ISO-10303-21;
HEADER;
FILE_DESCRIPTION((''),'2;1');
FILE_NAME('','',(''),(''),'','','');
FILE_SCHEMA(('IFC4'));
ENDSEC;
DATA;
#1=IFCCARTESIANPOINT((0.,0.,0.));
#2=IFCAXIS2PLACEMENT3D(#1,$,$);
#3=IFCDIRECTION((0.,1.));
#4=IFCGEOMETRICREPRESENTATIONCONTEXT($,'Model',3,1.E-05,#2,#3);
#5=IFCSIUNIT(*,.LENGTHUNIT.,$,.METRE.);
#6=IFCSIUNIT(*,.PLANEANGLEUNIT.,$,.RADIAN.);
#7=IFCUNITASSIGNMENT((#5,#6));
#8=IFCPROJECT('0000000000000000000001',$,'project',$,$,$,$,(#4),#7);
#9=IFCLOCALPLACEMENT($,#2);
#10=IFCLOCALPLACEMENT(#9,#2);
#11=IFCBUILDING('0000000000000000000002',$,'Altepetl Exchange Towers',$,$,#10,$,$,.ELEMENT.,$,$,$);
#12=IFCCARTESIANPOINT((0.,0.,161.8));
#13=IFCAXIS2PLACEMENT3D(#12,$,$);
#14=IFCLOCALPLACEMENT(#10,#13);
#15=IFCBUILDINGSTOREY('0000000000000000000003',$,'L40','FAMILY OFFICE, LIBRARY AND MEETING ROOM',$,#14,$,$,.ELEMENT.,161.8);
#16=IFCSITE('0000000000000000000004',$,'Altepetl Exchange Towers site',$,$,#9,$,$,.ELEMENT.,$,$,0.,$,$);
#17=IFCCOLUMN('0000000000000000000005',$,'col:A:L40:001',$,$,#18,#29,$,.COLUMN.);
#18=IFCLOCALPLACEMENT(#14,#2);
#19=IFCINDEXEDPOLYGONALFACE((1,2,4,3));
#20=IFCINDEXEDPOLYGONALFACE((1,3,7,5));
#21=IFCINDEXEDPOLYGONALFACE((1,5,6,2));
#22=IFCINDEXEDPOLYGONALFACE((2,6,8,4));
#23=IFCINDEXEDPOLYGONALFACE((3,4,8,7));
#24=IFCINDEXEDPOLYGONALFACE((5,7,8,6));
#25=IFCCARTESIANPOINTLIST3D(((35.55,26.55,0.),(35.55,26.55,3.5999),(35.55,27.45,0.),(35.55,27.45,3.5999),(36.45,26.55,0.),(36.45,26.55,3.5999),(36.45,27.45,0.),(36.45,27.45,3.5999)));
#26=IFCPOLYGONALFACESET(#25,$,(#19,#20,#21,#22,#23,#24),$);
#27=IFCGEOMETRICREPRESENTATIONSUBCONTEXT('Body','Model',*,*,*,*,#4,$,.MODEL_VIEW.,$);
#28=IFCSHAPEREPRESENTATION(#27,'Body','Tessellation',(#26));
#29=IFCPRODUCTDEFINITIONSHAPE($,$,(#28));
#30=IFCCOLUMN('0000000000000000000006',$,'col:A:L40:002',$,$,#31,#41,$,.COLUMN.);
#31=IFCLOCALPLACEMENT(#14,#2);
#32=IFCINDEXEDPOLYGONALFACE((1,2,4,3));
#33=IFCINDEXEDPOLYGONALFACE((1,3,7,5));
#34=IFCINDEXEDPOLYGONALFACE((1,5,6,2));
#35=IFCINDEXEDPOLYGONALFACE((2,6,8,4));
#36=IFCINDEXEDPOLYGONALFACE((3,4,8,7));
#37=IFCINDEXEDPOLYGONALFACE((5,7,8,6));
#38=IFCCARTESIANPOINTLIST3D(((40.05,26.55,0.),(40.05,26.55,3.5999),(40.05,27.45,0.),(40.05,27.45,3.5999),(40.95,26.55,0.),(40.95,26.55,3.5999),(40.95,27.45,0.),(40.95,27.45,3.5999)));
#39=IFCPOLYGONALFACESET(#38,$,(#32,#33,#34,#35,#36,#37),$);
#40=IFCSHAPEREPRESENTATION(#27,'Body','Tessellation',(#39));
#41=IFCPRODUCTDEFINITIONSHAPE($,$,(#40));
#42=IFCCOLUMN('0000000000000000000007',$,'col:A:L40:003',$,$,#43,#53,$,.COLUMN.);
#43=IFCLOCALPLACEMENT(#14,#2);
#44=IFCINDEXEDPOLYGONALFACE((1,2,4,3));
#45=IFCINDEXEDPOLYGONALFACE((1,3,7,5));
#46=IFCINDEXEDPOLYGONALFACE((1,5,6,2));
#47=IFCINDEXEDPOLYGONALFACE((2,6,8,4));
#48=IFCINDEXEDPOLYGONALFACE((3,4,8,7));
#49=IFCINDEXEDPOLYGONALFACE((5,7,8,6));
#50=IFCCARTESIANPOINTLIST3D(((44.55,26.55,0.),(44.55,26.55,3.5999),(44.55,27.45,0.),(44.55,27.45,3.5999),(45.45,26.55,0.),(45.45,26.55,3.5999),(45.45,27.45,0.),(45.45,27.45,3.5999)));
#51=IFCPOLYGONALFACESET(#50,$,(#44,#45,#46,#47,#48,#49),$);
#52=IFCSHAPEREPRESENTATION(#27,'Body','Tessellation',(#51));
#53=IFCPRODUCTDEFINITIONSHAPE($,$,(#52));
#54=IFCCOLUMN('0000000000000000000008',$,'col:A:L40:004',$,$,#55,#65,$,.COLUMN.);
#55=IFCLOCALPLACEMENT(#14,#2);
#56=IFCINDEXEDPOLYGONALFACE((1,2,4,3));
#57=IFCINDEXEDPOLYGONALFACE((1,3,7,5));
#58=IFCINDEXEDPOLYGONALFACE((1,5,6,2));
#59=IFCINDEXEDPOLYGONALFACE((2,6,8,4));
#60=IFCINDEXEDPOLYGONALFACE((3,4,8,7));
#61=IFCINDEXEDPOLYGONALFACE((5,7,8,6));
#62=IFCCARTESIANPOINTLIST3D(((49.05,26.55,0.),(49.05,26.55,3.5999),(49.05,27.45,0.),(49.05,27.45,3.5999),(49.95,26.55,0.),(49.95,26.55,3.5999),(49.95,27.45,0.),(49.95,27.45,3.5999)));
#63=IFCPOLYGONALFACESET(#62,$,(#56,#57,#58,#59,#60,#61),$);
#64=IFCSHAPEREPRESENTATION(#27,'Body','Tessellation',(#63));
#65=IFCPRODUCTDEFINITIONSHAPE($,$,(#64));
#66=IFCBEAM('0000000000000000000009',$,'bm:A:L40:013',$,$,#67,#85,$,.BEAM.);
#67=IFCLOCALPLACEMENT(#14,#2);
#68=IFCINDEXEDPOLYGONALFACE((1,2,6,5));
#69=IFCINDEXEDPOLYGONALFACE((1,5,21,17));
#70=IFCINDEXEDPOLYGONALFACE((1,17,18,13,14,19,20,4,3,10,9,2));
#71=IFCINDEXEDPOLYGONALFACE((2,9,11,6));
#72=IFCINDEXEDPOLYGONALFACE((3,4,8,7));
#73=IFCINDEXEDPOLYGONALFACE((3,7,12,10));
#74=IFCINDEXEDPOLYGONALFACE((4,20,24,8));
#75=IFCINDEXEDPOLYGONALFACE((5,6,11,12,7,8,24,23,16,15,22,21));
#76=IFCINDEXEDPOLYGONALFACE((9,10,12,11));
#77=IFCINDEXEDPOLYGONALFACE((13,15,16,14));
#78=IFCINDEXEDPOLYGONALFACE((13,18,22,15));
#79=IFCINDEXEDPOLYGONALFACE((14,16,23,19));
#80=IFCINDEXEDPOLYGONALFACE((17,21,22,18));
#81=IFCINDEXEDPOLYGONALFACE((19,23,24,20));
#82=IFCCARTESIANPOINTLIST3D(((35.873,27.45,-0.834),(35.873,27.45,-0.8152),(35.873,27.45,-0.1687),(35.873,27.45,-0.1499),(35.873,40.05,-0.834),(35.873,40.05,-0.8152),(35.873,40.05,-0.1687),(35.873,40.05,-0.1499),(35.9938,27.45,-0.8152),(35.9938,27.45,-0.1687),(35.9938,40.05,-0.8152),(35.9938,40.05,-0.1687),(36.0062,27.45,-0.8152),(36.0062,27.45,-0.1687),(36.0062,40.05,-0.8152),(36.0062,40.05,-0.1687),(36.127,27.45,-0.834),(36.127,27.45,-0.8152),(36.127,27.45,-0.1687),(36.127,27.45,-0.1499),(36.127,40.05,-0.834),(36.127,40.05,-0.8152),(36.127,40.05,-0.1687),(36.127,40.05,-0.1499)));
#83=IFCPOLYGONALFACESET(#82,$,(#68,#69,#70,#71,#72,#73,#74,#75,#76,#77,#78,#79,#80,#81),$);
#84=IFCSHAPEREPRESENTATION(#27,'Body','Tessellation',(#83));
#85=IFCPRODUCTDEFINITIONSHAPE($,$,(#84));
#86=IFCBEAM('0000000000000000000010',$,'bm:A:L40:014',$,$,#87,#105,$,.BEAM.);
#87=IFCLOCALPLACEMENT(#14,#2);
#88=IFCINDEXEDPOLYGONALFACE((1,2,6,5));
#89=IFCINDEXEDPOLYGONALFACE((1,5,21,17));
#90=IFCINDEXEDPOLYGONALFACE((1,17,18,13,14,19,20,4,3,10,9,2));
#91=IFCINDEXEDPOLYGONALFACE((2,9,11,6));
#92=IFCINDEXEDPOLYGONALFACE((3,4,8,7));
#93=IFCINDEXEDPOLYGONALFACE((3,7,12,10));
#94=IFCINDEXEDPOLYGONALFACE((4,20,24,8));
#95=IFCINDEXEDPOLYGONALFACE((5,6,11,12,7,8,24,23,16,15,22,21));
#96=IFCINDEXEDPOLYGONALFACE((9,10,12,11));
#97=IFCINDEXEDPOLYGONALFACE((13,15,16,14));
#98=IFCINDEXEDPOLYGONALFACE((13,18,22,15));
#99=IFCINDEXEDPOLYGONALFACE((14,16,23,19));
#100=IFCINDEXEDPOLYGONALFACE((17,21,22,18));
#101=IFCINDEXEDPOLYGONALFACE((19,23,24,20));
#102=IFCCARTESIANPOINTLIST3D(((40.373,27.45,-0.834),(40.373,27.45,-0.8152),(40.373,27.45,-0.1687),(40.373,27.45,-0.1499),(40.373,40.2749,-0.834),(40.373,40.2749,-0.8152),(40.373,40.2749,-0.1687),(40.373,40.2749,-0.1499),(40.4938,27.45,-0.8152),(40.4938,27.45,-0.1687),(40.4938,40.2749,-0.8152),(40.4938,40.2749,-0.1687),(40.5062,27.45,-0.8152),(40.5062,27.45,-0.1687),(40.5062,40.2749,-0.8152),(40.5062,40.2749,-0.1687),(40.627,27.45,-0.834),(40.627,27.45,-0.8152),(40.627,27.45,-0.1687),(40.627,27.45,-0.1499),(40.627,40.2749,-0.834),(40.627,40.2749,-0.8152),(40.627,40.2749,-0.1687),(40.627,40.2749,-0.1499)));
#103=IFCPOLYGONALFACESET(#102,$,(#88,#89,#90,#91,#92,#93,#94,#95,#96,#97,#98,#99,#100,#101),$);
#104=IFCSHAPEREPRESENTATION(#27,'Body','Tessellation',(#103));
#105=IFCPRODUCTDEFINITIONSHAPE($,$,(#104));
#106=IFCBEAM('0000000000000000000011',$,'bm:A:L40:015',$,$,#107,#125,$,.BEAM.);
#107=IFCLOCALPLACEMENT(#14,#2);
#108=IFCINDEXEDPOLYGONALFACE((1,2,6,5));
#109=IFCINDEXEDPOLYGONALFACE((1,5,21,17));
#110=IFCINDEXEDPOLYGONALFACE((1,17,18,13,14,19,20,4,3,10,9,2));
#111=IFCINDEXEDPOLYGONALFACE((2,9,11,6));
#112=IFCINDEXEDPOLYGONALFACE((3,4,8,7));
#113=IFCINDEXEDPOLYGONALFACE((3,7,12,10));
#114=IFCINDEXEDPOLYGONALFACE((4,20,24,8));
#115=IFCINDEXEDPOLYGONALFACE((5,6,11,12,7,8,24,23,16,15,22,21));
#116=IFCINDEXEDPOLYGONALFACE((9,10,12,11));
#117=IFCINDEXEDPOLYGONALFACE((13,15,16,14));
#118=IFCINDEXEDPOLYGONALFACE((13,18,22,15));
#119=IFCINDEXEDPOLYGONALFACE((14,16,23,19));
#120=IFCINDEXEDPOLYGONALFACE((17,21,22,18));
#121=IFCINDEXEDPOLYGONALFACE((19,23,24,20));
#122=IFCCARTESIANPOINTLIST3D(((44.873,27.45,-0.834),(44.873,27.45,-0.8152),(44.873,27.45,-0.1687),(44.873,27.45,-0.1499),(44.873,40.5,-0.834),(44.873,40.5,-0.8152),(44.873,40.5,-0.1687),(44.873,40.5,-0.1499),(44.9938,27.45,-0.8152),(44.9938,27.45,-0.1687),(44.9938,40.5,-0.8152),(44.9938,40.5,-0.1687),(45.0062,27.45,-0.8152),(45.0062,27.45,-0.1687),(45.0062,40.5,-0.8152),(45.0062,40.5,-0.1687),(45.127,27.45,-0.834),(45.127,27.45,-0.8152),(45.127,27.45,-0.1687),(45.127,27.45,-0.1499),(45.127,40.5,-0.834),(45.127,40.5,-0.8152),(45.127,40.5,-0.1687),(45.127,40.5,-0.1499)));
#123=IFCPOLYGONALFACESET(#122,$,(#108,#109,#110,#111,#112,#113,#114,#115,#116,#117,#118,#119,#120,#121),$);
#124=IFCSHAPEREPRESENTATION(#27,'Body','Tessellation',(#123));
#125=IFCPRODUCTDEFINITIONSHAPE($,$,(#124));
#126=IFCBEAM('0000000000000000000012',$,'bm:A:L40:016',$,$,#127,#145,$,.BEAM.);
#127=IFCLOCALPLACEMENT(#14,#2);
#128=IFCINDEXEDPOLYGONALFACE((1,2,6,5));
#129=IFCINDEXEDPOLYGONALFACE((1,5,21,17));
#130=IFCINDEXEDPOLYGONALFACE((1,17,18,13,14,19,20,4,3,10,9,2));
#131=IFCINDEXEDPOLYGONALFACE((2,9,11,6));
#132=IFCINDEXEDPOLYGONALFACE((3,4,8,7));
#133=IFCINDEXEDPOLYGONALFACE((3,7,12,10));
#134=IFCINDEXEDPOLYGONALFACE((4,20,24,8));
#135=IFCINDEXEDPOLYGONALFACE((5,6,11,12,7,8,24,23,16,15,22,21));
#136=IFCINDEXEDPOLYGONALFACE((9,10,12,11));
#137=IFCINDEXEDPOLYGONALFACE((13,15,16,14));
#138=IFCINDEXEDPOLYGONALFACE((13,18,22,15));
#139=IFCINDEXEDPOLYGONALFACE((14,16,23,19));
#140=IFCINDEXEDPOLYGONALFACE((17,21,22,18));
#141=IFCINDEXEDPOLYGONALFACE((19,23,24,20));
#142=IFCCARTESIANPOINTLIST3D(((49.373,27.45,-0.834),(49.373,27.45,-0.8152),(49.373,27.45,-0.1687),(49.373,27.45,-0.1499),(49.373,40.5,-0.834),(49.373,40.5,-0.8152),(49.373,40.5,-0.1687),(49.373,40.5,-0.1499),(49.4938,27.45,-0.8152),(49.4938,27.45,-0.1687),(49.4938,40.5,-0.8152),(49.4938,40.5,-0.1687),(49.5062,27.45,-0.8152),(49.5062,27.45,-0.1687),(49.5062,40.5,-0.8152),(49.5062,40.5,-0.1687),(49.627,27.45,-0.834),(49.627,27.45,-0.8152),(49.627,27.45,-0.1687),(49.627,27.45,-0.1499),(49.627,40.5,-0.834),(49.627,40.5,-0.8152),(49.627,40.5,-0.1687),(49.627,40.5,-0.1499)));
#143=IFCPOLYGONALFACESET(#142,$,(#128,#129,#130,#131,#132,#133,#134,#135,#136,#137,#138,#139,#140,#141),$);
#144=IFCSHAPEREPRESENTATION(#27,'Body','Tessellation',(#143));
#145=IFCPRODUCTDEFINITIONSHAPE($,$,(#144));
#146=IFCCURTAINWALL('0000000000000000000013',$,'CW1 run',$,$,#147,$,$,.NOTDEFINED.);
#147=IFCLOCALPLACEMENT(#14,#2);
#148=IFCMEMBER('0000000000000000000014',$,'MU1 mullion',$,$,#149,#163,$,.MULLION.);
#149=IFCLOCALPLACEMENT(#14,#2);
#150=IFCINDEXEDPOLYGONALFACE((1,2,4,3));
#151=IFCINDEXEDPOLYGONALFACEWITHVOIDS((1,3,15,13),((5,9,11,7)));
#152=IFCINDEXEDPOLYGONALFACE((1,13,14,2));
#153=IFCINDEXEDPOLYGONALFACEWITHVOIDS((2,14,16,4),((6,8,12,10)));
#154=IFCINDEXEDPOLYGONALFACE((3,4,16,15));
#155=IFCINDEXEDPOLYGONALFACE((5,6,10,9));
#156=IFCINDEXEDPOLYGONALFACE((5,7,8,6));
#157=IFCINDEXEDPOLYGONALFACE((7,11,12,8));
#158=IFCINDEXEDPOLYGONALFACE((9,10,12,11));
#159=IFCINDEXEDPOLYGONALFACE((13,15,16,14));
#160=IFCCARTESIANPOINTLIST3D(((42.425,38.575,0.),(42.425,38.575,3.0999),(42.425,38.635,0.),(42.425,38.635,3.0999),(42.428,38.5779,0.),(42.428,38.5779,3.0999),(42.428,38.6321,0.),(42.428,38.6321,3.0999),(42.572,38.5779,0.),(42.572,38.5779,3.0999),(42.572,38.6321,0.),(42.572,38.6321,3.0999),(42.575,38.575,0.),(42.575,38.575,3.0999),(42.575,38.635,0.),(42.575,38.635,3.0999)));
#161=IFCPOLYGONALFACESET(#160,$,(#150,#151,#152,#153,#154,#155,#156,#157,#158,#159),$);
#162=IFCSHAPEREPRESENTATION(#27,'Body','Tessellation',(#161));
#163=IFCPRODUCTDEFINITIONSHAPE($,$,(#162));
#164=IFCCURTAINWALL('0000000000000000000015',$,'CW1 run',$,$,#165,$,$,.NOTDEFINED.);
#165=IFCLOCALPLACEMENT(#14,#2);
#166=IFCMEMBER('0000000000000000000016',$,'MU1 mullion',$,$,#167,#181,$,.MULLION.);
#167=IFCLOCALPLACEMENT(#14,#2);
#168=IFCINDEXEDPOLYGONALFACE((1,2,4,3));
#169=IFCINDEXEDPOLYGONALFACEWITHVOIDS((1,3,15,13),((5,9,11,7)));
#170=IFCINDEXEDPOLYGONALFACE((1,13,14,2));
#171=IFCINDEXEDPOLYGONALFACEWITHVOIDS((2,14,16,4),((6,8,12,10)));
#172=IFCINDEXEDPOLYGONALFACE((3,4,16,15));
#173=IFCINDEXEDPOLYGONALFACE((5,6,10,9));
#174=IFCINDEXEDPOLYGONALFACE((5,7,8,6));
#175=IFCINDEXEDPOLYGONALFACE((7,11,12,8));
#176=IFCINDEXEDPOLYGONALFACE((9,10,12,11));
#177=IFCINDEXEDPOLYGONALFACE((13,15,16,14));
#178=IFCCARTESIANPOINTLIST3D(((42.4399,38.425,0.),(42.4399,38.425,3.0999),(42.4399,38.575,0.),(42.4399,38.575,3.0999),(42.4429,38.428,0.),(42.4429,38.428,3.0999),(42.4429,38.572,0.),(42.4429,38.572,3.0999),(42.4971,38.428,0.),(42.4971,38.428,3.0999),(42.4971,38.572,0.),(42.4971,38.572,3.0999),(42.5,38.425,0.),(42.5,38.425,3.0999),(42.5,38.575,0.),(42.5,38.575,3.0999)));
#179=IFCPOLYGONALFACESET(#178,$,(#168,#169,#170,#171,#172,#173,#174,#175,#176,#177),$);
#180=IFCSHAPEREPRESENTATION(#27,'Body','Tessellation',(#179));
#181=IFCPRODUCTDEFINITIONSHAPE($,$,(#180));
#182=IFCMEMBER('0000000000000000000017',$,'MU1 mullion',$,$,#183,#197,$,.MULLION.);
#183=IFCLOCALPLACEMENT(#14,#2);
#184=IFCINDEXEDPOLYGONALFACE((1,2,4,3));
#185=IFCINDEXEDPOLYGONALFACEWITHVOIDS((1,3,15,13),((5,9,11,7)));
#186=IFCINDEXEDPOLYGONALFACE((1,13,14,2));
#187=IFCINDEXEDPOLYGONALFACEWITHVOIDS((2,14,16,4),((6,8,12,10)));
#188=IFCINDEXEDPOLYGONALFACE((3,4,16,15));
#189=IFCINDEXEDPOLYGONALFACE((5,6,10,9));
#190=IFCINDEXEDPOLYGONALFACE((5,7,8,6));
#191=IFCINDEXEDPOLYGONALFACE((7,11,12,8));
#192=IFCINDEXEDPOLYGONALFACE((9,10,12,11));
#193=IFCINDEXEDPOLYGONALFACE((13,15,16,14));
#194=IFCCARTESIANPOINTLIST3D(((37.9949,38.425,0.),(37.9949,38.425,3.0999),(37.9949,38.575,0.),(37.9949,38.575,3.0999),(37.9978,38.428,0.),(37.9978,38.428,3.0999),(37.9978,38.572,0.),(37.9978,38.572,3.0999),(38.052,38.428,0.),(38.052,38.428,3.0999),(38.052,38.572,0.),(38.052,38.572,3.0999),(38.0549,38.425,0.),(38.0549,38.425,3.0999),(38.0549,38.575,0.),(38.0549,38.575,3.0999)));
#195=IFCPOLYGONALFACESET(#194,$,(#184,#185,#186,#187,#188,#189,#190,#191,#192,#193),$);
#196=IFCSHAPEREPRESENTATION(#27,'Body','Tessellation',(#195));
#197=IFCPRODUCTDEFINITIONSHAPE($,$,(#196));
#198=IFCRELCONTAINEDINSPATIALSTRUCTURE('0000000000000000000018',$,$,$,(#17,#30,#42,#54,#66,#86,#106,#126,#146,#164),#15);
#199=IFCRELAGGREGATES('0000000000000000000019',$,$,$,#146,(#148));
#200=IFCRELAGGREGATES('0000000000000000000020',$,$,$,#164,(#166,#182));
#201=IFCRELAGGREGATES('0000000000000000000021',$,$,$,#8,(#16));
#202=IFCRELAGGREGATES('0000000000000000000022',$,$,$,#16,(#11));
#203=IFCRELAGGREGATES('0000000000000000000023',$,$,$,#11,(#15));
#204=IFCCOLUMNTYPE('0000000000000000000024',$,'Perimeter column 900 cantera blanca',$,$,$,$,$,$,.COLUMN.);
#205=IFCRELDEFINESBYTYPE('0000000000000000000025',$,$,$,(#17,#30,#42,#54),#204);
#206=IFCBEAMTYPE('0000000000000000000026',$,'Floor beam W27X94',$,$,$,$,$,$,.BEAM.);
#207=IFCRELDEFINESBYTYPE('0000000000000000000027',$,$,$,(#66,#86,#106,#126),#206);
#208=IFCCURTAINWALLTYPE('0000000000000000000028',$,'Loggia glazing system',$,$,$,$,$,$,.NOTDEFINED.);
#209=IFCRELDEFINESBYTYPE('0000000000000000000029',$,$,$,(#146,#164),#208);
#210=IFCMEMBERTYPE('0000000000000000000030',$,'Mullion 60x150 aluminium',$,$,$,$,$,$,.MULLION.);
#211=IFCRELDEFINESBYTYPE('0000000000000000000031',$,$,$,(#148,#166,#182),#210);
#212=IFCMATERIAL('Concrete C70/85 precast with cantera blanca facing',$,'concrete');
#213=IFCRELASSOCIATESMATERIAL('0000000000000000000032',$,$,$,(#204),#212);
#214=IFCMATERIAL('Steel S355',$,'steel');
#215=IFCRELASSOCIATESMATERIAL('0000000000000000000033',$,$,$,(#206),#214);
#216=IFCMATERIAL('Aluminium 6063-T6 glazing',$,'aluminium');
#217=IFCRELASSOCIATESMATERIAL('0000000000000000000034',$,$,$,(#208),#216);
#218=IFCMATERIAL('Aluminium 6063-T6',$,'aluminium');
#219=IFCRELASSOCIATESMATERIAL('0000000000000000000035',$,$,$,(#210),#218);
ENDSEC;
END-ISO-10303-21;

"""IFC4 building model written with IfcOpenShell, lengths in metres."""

from ifc_helpers import new_model, si_unit, direction, frame, origin, origin_2d, place, context, subcontext, project, spatial, rectangle, hollow_rectangle, i_section, extrude, material, material_profile, profile_set, type_object, element, aggregate, save


model = new_model("IFC4")

# Units and contexts
model_context = context("Model", 3, precision=1e-05, world=origin(), true_north=direction((0.0, 1.0)))
body_context = subcontext(model_context, "Body", "Model", "MODEL_VIEW")
ifc_project = project(units=[si_unit("LENGTHUNIT", "METRE"), si_unit("PLANEANGLEUNIT", "RADIAN")], contexts=[model_context])

# Site, building, storey
site_placement = place(None, origin())
site = spatial("IfcSite", under=ifc_project, at=site_placement, Name="Altepetl Exchange Towers site", CompositionType="ELEMENT", RefElevation=0.0)
building_placement = place(site_placement, origin())
building = spatial("IfcBuilding", under=site, at=building_placement, Name="Altepetl Exchange Towers", CompositionType="ELEMENT")
storey_placement = place(building_placement, frame((0.0, 0.0, 161.8)))
storey = spatial("IfcBuildingStorey", under=building, at=storey_placement, Name="L40", Description="FAMILY OFFICE, LIBRARY AND MEETING ROOM", CompositionType="ELEMENT", Elevation=161.8)

# Columns
ifc_material_1 = material(Name="Concrete C70/85 precast with cantera blanca facing", Category="concrete")
ifc_material_profile_1 = material_profile(ifc_material_1, rectangle(XDim=0.8999, YDim=0.8999, at=origin_2d()), Name="900 x 900")
ifc_profile_set_1 = profile_set([ifc_material_profile_1], Name="Concrete C70/85 precast with cantera blanca facing")
column_type = type_object("IfcColumnType", Name="Perimeter column 900 cantera blanca", PredefinedType="COLUMN", material=ifc_profile_set_1)
for number, where, name in (
    (1, (36.0, 27.0, 0.0), "col:A:L40:001"),
    (2, (40.5, 27.0, 0.0), "col:A:L40:002"),
    (3, (45.0, 27.0, 0.0), "col:A:L40:003"),
    (4, (49.5, 27.0, 0.0), "col:A:L40:004"),
):
    element("IfcColumn", number, at=place(storey_placement, frame(where)), inside=storey, type_object=column_type, Name=name, PredefinedType="COLUMN", context=body_context, shape_type="SweptSolid", body=[
        extrude(rectangle(XDim=0.8999, YDim=0.8999, at=origin_2d()), origin(), (0.0, 0.0, 1.0), 3.5999),
    ])

# Beams
ifc_material_2 = material(Name="Steel S355", Category="steel")
ifc_material_profile_2 = material_profile(ifc_material_2, i_section(OverallWidth=0.2539, OverallDepth=0.6841, WebThickness=0.0125, FlangeThickness=0.0188, at=origin_2d()), Name="W27X94")
ifc_profile_set_2 = profile_set([ifc_material_profile_2], Name="Steel S355")
beam_type_1 = type_object("IfcBeamType", Name="Floor beam W27X94", PredefinedType="BEAM", material=ifc_profile_set_2)
beam_1_placement = place(storey_placement, frame((36.0, 27.45, -0.4919), z_axis=(0.0, 1.0, 0.0), x_axis=(-1.0, 0.0, 0.0)))
element("IfcBeam", 5, at=beam_1_placement, inside=storey, type_object=beam_type_1, Name="bm:A:L40:013", PredefinedType="BEAM", context=body_context, shape_type="SweptSolid", body=[
    extrude(i_section(OverallWidth=0.2539, OverallDepth=0.6841, WebThickness=0.0125, FlangeThickness=0.0188, at=origin_2d()), origin(), (0.0, 0.0, 1.0), 12.6001),
])
beam_2_placement = place(storey_placement, frame((40.5, 27.45, -0.4919), z_axis=(0.0, 1.0, 0.0), x_axis=(-1.0, 0.0, 0.0)))
element("IfcBeam", 6, at=beam_2_placement, inside=storey, type_object=beam_type_1, Name="bm:A:L40:014", PredefinedType="BEAM", context=body_context, shape_type="SweptSolid", body=[
    extrude(i_section(OverallWidth=0.2539, OverallDepth=0.6841, WebThickness=0.0125, FlangeThickness=0.0188, at=origin_2d()), origin(), (0.0, 0.0, 1.0), 12.825),
])
for number, where, z_axis, x_axis, name in (
    (7, (45.0, 27.45, -0.4919), (0.0, 1.0, 0.0), (-1.0, 0.0, 0.0), "bm:A:L40:015"),
    (8, (49.5, 27.45, -0.4919), (0.0, 1.0, 0.0), (-1.0, 0.0, 0.0), "bm:A:L40:016"),
):
    element("IfcBeam", number, at=place(storey_placement, frame(where, z_axis=z_axis, x_axis=x_axis)), inside=storey, type_object=beam_type_1, Name=name, PredefinedType="BEAM", context=body_context, shape_type="SweptSolid", body=[
        extrude(i_section(OverallWidth=0.2539, OverallDepth=0.6841, WebThickness=0.0125, FlangeThickness=0.0188, at=origin_2d()), origin(), (0.0, 0.0, 1.0), 13.05),
    ])

# Curtain wall, member
ifc_material_3 = material(Name="Aluminium 6063-T6 glazing", Category="aluminium")
curtain_wall_type = type_object("IfcCurtainWallType", Name="Loggia glazing system", PredefinedType="NOTDEFINED", material=ifc_material_3)
curtain_wall_1_placement = place(storey_placement, origin())
curtain_wall_1 = element("IfcCurtainWall", 9, at=curtain_wall_1_placement, inside=storey, type_object=curtain_wall_type, Name="CW1 run", PredefinedType="NOTDEFINED")
ifc_material_4 = material(Name="Aluminium 6063-T6", Category="aluminium")
ifc_material_profile_3 = material_profile(ifc_material_4, hollow_rectangle(XDim=0.0601, YDim=0.1499, WallThickness=0.0029, at=origin_2d()), Name="Mullion 60x150 aluminium")
ifc_profile_set_3 = profile_set([ifc_material_profile_3], Name="Aluminium 6063-T6")
member_type = type_object("IfcMemberType", Name="Mullion 60x150 aluminium", PredefinedType="MULLION", material=ifc_profile_set_3)
member_1_placement = place(storey_placement, frame((42.5, 38.605, 0.0), z_axis=(0.0, 0.0, 1.0), x_axis=(0.0, -1.0, 0.0)))
member_1 = element("IfcMember", 10, at=member_1_placement, type_object=member_type, Name="MU1 mullion", PredefinedType="MULLION", context=body_context, shape_type="SweptSolid", body=[
    extrude(hollow_rectangle(XDim=0.0601, YDim=0.1499, WallThickness=0.0029, at=origin_2d()), origin(), (0.0, 0.0, 1.0), 3.0999),
])

# Curtain wall, members
curtain_wall_2_placement = place(storey_placement, origin())
curtain_wall_2 = element("IfcCurtainWall", 11, at=curtain_wall_2_placement, inside=storey, type_object=curtain_wall_type, Name="CW1 run", PredefinedType="NOTDEFINED")
member_2_placement = place(storey_placement, frame((42.47, 38.5, 0.0), z_axis=(0.0, 0.0, 1.0), x_axis=(-1.0, 0.0, 0.0)))
member_2 = element("IfcMember", 12, at=member_2_placement, type_object=member_type, Name="MU1 mullion", PredefinedType="MULLION", context=body_context, shape_type="SweptSolid", body=[
    extrude(hollow_rectangle(XDim=0.0601, YDim=0.1499, WallThickness=0.0029, at=origin_2d()), origin(), (0.0, 0.0, 1.0), 3.0999),
])
member_3_placement = place(storey_placement, frame((38.0249, 38.5, 0.0), z_axis=(0.0, 0.0, 1.0), x_axis=(-1.0, 0.0, 0.0)))
member_3 = element("IfcMember", 13, at=member_3_placement, type_object=member_type, Name="MU1 mullion", PredefinedType="MULLION", context=body_context, shape_type="SweptSolid", body=[
    extrude(hollow_rectangle(XDim=0.0601, YDim=0.1499, WallThickness=0.0029, at=origin_2d()), origin(), (0.0, 0.0, 1.0), 3.0999),
])

aggregate(curtain_wall_1, [member_1])
aggregate(curtain_wall_2, [member_2, member_3])

save(model, "model.ifc")
